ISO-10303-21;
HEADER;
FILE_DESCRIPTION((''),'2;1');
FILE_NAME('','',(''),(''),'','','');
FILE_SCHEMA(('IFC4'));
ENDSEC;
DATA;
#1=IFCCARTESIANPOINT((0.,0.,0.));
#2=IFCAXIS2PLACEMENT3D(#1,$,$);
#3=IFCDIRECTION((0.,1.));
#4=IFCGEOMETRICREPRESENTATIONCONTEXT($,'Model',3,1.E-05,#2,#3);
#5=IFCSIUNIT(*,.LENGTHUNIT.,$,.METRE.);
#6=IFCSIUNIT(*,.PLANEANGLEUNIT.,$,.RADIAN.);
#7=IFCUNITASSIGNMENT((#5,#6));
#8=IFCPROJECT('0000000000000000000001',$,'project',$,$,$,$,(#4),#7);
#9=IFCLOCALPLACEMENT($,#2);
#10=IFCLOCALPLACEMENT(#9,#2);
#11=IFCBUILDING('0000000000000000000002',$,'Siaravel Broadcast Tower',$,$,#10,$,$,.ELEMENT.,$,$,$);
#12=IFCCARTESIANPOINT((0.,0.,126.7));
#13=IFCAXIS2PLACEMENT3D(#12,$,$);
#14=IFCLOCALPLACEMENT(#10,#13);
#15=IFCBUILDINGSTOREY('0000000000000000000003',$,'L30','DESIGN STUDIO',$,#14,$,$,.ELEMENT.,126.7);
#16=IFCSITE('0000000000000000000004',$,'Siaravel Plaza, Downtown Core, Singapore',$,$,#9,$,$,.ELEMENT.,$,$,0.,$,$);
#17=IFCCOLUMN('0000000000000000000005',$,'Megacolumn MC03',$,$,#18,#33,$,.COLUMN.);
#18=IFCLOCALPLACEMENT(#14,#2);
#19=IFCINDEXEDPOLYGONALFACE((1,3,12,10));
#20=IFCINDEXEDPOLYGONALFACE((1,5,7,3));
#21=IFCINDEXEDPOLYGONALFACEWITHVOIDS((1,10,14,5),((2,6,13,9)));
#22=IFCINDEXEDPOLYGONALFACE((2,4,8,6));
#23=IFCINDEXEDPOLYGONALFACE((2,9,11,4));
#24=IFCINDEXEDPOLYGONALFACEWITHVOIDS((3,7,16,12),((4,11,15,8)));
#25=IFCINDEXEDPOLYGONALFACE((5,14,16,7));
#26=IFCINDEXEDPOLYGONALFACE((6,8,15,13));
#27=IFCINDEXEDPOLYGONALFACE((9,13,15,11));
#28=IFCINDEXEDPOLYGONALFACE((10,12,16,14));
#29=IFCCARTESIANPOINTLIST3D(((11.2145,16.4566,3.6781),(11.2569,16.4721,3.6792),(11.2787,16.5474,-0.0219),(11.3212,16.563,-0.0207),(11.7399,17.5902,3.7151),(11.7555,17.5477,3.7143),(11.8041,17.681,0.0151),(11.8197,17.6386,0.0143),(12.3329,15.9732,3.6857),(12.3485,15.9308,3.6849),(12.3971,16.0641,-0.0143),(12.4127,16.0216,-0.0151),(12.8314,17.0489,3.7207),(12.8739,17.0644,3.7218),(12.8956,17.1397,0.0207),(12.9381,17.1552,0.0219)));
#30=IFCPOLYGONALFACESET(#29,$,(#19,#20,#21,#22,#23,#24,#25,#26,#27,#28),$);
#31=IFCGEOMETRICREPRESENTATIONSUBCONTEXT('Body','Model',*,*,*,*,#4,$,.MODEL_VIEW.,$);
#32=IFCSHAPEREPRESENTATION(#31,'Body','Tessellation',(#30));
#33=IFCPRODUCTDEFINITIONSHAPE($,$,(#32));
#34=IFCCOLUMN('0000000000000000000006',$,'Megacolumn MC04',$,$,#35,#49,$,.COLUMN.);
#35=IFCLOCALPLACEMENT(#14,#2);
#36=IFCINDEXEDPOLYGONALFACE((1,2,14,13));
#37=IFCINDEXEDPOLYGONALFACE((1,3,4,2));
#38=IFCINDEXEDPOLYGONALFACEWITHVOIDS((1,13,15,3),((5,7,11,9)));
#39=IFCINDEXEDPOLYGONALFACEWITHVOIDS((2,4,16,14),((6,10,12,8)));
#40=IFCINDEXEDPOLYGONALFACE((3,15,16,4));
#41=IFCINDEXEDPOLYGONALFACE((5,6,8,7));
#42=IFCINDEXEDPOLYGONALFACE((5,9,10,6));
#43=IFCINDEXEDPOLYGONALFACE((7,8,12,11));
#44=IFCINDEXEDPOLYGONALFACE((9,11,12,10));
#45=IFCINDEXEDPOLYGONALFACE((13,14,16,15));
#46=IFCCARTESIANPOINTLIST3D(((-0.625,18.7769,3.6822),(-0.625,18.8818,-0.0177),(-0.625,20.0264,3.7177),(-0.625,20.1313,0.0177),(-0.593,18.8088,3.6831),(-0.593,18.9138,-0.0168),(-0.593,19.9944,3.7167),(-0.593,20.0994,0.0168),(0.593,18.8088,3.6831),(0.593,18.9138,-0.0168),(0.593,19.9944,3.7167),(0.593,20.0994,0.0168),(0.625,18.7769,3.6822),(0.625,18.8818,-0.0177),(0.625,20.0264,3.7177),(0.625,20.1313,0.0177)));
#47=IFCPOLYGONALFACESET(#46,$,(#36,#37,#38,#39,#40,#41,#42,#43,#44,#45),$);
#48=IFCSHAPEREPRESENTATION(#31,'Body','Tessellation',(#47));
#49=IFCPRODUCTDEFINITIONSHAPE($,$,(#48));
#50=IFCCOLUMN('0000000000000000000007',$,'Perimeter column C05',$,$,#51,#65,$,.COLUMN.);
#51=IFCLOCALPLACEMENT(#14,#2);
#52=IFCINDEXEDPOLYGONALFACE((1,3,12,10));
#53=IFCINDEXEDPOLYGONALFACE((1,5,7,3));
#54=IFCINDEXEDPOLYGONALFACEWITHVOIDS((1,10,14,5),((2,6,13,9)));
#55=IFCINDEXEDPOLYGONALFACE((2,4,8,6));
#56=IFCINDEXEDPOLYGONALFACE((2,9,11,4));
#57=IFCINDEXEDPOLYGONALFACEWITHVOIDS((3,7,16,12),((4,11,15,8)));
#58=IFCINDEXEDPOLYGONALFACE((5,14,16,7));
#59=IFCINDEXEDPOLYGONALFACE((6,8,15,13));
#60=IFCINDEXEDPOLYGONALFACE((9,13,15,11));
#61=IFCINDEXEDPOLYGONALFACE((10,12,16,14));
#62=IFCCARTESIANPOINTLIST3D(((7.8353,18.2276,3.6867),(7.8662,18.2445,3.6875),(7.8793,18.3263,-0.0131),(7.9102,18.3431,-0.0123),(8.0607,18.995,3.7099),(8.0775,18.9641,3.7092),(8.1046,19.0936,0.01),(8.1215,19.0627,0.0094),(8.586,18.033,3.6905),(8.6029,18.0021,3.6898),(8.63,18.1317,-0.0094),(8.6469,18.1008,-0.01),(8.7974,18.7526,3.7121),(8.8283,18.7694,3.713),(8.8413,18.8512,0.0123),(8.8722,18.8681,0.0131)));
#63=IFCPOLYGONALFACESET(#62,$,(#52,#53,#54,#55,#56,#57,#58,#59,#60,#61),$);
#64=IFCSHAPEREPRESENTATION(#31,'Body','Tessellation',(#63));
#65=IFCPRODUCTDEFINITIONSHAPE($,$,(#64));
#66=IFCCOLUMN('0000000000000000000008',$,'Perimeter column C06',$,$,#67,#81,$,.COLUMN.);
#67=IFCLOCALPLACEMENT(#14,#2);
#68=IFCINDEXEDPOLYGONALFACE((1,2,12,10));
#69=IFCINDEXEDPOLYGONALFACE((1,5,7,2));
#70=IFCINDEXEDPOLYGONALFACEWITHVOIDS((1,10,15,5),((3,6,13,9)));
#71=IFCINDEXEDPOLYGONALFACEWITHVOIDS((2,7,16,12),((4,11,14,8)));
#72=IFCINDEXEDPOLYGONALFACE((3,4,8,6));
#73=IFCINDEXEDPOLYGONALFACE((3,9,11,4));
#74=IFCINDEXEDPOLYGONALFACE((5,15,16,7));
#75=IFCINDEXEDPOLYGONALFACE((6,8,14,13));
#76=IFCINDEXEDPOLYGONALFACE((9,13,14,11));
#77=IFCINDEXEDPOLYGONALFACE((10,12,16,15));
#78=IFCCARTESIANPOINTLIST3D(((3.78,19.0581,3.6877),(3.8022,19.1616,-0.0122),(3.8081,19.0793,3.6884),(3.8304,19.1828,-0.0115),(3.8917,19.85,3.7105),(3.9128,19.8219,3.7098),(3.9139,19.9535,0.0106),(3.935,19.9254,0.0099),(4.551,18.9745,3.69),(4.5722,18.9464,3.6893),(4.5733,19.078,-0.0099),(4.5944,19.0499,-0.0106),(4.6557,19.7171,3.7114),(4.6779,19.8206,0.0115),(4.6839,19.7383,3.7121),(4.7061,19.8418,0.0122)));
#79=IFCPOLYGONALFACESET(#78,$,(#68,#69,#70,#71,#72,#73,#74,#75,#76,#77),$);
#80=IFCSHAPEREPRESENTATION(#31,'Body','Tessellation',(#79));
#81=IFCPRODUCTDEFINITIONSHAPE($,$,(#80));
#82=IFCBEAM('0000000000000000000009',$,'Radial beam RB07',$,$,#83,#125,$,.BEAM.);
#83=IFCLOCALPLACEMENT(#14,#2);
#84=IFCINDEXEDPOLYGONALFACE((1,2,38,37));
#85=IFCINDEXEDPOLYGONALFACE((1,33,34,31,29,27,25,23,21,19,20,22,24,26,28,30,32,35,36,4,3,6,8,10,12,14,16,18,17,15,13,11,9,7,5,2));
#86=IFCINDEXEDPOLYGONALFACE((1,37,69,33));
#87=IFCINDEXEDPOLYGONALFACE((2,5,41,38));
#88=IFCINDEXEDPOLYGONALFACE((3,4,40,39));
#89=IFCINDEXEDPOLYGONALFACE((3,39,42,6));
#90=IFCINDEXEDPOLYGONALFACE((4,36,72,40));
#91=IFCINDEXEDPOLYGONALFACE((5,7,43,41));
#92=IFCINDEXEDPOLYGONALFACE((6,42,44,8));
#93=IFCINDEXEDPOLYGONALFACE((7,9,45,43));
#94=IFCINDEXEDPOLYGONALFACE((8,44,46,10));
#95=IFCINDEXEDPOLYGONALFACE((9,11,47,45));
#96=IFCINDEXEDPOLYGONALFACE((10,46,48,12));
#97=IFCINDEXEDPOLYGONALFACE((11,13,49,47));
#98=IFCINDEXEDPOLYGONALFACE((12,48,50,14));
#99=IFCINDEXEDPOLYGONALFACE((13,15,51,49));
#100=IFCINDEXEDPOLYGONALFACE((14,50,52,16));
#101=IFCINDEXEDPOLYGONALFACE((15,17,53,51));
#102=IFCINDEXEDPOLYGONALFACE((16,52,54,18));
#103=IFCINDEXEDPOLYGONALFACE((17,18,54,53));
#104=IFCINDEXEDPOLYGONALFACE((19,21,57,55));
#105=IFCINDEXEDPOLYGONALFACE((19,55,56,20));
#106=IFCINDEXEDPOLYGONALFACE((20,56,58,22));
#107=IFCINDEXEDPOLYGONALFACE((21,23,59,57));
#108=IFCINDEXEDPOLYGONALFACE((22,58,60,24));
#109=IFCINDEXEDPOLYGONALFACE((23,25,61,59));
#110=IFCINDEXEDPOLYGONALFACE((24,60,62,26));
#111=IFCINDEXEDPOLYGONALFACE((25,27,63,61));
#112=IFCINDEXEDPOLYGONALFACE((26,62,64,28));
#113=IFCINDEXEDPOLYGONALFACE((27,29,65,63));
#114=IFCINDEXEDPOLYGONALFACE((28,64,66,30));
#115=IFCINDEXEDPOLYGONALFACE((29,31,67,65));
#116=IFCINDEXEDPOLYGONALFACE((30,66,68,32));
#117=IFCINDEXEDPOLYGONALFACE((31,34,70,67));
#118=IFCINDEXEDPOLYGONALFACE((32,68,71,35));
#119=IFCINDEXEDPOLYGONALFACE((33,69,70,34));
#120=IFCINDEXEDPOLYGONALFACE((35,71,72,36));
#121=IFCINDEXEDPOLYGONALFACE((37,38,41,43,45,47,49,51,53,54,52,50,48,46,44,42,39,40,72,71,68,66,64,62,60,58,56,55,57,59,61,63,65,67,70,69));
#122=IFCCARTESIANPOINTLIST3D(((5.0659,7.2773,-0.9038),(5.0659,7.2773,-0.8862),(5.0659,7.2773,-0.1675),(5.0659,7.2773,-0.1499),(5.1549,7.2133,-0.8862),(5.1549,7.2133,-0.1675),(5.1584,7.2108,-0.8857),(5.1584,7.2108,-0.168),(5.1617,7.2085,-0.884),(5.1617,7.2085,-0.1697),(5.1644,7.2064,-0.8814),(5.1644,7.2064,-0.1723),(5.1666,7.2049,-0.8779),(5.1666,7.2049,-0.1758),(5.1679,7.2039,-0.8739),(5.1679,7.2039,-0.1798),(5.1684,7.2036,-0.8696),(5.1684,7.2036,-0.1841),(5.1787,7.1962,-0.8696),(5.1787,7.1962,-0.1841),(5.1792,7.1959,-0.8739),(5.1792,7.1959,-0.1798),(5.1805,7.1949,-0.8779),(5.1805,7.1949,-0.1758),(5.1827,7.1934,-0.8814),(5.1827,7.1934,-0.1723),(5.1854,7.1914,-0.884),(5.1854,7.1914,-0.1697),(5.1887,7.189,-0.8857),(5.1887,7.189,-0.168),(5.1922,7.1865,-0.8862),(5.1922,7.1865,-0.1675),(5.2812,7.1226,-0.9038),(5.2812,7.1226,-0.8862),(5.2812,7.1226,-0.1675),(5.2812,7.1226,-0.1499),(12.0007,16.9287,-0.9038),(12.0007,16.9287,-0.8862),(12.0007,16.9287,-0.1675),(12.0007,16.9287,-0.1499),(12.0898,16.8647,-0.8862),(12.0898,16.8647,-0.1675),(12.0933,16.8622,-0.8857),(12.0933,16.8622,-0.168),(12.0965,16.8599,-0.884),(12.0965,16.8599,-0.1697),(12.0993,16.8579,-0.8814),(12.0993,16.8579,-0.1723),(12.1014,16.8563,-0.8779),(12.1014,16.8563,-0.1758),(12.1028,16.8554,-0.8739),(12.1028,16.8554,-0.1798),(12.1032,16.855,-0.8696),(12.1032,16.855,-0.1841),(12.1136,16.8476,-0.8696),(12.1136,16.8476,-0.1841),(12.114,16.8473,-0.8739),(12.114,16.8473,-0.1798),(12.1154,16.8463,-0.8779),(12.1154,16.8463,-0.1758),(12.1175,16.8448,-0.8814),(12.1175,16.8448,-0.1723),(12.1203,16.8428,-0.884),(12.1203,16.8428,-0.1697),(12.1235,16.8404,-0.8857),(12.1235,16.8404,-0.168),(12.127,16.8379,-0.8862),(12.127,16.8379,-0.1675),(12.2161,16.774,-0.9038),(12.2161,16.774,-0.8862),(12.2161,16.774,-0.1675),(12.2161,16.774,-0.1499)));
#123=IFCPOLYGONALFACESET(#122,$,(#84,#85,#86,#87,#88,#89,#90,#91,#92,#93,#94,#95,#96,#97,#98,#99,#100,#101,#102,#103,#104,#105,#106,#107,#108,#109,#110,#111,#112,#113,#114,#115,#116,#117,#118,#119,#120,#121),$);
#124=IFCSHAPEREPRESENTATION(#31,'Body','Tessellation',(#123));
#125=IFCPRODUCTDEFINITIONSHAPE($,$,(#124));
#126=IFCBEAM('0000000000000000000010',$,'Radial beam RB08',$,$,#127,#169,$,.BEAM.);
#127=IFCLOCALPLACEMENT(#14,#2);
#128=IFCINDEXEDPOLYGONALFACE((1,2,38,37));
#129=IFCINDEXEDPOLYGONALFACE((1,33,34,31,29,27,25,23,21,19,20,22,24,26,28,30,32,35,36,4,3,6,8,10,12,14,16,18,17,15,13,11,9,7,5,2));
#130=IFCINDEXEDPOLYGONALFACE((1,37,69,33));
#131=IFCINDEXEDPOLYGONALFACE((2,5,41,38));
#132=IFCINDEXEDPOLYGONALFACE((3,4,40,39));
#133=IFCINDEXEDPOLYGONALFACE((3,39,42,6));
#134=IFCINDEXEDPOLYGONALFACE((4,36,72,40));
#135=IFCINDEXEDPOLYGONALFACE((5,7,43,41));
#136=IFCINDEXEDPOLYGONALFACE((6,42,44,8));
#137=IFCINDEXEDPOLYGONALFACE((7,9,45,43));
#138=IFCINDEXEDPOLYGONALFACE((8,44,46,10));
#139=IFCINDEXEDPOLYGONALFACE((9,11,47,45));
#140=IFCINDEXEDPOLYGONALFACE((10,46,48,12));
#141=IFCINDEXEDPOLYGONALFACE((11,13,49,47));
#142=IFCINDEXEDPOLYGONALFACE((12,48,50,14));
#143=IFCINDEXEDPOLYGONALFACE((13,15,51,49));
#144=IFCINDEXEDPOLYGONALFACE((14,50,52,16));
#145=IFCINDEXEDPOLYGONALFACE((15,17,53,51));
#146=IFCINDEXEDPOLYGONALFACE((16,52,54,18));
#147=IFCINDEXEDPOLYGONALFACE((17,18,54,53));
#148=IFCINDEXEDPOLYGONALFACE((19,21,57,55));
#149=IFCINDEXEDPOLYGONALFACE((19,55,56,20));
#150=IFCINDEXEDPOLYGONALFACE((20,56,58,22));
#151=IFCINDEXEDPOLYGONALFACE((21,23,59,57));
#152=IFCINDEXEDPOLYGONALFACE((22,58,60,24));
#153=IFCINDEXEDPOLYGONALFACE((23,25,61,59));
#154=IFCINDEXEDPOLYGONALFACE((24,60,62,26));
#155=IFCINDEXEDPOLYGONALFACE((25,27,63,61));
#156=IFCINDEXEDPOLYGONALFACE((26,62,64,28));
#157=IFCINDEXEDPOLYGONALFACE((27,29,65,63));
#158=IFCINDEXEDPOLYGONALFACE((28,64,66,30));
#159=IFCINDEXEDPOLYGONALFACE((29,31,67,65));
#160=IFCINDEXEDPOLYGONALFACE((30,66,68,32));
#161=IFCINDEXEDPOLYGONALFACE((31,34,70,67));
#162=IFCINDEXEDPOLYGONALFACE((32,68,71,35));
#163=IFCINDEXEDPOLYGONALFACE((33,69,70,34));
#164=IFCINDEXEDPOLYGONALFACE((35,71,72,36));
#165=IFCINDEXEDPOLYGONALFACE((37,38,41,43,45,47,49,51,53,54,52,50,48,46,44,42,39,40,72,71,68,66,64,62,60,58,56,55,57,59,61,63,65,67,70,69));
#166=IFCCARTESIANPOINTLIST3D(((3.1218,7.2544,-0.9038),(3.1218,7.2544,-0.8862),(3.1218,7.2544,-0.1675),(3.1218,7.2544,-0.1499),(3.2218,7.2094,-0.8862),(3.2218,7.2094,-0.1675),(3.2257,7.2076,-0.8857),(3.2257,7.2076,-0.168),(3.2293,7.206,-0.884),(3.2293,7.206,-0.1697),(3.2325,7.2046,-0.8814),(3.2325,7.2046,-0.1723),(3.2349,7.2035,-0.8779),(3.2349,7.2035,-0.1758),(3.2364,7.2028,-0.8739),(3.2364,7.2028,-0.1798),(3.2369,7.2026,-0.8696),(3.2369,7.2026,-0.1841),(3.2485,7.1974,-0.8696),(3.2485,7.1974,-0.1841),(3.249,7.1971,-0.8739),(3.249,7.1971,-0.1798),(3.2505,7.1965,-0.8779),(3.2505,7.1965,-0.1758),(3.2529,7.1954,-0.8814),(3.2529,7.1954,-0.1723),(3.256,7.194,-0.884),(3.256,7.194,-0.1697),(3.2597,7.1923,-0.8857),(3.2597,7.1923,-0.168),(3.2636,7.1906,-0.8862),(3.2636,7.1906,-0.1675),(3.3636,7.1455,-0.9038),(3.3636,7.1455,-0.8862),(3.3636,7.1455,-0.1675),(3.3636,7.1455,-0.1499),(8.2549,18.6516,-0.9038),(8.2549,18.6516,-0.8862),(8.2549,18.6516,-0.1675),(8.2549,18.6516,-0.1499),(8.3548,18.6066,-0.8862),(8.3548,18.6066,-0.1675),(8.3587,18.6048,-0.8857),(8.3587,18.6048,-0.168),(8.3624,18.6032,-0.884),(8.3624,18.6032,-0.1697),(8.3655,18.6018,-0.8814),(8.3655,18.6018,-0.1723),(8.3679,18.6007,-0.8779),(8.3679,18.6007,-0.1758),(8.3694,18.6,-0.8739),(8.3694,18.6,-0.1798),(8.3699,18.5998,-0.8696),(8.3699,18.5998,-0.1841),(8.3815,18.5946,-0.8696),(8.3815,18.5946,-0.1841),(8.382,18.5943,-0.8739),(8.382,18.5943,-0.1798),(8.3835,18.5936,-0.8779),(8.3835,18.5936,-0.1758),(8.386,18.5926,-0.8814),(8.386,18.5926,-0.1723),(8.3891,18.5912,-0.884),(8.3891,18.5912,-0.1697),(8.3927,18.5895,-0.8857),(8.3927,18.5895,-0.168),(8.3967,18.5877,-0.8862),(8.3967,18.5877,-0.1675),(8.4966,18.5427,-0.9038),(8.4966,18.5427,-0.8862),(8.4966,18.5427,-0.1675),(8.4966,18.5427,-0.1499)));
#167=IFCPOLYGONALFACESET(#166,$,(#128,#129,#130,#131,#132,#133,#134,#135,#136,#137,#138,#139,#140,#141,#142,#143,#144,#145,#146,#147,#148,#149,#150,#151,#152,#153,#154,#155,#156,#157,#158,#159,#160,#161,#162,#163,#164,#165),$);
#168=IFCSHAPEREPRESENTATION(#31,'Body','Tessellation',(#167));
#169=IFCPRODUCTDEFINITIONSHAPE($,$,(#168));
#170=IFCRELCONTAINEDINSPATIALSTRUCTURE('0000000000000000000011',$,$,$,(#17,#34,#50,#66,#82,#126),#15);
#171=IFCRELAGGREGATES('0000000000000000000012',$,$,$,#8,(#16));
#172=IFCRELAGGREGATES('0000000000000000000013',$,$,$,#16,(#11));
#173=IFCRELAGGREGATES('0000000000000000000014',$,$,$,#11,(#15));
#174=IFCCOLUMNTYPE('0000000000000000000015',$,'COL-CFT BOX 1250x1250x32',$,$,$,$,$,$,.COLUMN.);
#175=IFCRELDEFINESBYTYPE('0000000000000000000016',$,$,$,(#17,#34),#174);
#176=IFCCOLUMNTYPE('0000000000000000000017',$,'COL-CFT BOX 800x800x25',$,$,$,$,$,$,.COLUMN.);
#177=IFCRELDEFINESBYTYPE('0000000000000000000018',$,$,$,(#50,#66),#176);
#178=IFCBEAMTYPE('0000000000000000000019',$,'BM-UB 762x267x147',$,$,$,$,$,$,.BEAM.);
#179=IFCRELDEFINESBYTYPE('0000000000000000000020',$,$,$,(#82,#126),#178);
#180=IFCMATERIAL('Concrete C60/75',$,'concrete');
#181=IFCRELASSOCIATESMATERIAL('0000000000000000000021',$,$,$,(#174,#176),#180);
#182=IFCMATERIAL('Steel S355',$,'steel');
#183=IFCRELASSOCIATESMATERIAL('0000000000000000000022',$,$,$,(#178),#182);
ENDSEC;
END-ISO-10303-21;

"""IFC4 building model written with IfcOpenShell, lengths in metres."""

from ifc_helpers import new_model, si_unit, direction, frame, origin, origin_2d, place, context, subcontext, project, spatial, hollow_rectangle, i_section, extrude, material, material_profile, profile_set, type_object, element, save


model = new_model("IFC4")

# Units and contexts
model_context = context("Model", 3, precision=1e-05, world=origin(), true_north=direction((0.0, 1.0)))
body_context = subcontext(model_context, "Body", "Model", "MODEL_VIEW")
ifc_project = project(units=[si_unit("LENGTHUNIT", "METRE"), si_unit("PLANEANGLEUNIT", "RADIAN")], contexts=[model_context])

# Site, building, storey
site_placement = place(None, origin())
site = spatial("IfcSite", under=ifc_project, at=site_placement, Name="Siaravel Plaza, Downtown Core, Singapore", CompositionType="ELEMENT", RefElevation=0.0)
building_placement = place(site_placement, origin())
building = spatial("IfcBuilding", under=site, at=building_placement, Name="Siaravel Broadcast Tower", CompositionType="ELEMENT")
storey_placement = place(building_placement, frame((0.0, 0.0, 126.7)))
storey = spatial("IfcBuildingStorey", under=building, at=storey_placement, Name="L30", Description="DESIGN STUDIO", CompositionType="ELEMENT", Elevation=126.7)

# Columns
ifc_material_1 = material(Name="Concrete C60/75", Category="concrete")
ifc_material_profile_1 = material_profile(ifc_material_1, hollow_rectangle(XDim=1.25, YDim=1.25, WallThickness=0.032, at=origin_2d()))
ifc_profile_set_1 = profile_set([ifc_material_profile_1], Name="Concrete C60/75")
column_type_1 = type_object("IfcColumnType", Name="COL-CFT BOX 1250x1250x32", PredefinedType="COLUMN", material=ifc_profile_set_1)
column_1_placement = place(storey_placement, frame((12.1084, 16.8513, 0.0), z_axis=(-0.017346, -0.024535, 0.999548), x_axis=(0.907211, -0.420642, 0.005419)))
element("IfcColumn", 1, at=column_1_placement, inside=storey, type_object=column_type_1, Name="Megacolumn MC03", PredefinedType="COLUMN", context=body_context, shape_type="SweptSolid", body=[
    extrude(hollow_rectangle(XDim=1.25, YDim=1.25, WallThickness=0.032, at=origin_2d()), origin(), (0.0, 0.0, 1.0), 3.7017),
])
column_2_placement = place(storey_placement, frame((0.0, 19.5066, 0.0), z_axis=(0.0, -0.028362, 0.999598), x_axis=(1.0, 0.0, 0.0)))
element("IfcColumn", 2, at=column_2_placement, inside=storey, type_object=column_type_1, Name="Megacolumn MC04", PredefinedType="COLUMN", context=body_context, shape_type="SweptSolid", body=[
    extrude(hollow_rectangle(XDim=1.25, YDim=1.25, WallThickness=0.032, at=origin_2d()), origin(), (0.0, 0.0, 1.0), 3.7014),
])
ifc_material_profile_2 = material_profile(ifc_material_1, hollow_rectangle(XDim=0.8, YDim=0.8, WallThickness=0.0249, at=origin_2d()))
ifc_profile_set_2 = profile_set([ifc_material_profile_2], Name="Concrete C60/75")
column_type_2 = type_object("IfcColumnType", Name="COL-CFT BOX 800x800x25", PredefinedType="COLUMN", material=ifc_profile_set_2)
for number, where, z_axis, x_axis, name in (
    (3, (8.3757, 18.5972, 0.0), (-0.011872, -0.026647, 0.999574), (0.959438, -0.281893, 0.003881), "Perimeter column C05"),
    (4, (4.2542, 19.5017, 0.0), (-0.006002, -0.027966, 0.999591), (0.990198, -0.139655, 0.002039), "Perimeter column C06"),
):
    element("IfcColumn", number, at=place(storey_placement, frame(where, z_axis=z_axis, x_axis=x_axis)), inside=storey, type_object=column_type_2, Name=name, PredefinedType="COLUMN", context=body_context, shape_type="SweptSolid", body=[
        extrude(hollow_rectangle(XDim=0.8, YDim=0.8, WallThickness=0.0249, at=origin_2d()), origin(), (0.0, 0.0, 1.0), 3.7014),
    ])

# Beams
ifc_material_2 = material(Name="Steel S355", Category="steel")
ifc_material_profile_3 = material_profile(ifc_material_2, i_section(OverallWidth=0.2651, OverallDepth=0.7539, WebThickness=0.0127, FlangeThickness=0.0176, FilletRadius=0.0166, at=origin_2d()))
ifc_profile_set_3 = profile_set([ifc_material_profile_3], Name="Steel S355")
beam_type = type_object("IfcBeamType", Name="BM-UB 762x267x147", PredefinedType="BEAM", material=ifc_profile_set_3)
beam_1_placement = place(storey_placement, frame((12.1084, 16.8513, -0.5269), z_axis=(-0.583519, -0.812099, 0.0), x_axis=(0.812099, -0.583519, 0.0)))
element("IfcBeam", 5, at=beam_1_placement, inside=storey, type_object=beam_type, Name="Radial beam RB07", PredefinedType="BEAM", context=body_context, shape_type="SweptSolid", body=[
    extrude(i_section(OverallWidth=0.2651, OverallDepth=0.7539, WebThickness=0.0127, FlangeThickness=0.0176, FilletRadius=0.0166, at=origin_2d()), origin(), (0.0, 0.0, 1.0), 11.8845),
])
beam_2_placement = place(storey_placement, frame((8.3757, 18.5972, -0.5269), z_axis=(-0.410651, -0.911792, 0.0), x_axis=(0.911792, -0.410651, 0.0)))
element("IfcBeam", 6, at=beam_2_placement, inside=storey, type_object=beam_type, Name="Radial beam RB08", PredefinedType="BEAM", context=body_context, shape_type="SweptSolid", body=[
    extrude(i_section(OverallWidth=0.2651, OverallDepth=0.7539, WebThickness=0.0127, FlangeThickness=0.0176, FilletRadius=0.0166, at=origin_2d()), origin(), (0.0, 0.0, 1.0), 12.4998),
])

save(model, "model.ifc")
